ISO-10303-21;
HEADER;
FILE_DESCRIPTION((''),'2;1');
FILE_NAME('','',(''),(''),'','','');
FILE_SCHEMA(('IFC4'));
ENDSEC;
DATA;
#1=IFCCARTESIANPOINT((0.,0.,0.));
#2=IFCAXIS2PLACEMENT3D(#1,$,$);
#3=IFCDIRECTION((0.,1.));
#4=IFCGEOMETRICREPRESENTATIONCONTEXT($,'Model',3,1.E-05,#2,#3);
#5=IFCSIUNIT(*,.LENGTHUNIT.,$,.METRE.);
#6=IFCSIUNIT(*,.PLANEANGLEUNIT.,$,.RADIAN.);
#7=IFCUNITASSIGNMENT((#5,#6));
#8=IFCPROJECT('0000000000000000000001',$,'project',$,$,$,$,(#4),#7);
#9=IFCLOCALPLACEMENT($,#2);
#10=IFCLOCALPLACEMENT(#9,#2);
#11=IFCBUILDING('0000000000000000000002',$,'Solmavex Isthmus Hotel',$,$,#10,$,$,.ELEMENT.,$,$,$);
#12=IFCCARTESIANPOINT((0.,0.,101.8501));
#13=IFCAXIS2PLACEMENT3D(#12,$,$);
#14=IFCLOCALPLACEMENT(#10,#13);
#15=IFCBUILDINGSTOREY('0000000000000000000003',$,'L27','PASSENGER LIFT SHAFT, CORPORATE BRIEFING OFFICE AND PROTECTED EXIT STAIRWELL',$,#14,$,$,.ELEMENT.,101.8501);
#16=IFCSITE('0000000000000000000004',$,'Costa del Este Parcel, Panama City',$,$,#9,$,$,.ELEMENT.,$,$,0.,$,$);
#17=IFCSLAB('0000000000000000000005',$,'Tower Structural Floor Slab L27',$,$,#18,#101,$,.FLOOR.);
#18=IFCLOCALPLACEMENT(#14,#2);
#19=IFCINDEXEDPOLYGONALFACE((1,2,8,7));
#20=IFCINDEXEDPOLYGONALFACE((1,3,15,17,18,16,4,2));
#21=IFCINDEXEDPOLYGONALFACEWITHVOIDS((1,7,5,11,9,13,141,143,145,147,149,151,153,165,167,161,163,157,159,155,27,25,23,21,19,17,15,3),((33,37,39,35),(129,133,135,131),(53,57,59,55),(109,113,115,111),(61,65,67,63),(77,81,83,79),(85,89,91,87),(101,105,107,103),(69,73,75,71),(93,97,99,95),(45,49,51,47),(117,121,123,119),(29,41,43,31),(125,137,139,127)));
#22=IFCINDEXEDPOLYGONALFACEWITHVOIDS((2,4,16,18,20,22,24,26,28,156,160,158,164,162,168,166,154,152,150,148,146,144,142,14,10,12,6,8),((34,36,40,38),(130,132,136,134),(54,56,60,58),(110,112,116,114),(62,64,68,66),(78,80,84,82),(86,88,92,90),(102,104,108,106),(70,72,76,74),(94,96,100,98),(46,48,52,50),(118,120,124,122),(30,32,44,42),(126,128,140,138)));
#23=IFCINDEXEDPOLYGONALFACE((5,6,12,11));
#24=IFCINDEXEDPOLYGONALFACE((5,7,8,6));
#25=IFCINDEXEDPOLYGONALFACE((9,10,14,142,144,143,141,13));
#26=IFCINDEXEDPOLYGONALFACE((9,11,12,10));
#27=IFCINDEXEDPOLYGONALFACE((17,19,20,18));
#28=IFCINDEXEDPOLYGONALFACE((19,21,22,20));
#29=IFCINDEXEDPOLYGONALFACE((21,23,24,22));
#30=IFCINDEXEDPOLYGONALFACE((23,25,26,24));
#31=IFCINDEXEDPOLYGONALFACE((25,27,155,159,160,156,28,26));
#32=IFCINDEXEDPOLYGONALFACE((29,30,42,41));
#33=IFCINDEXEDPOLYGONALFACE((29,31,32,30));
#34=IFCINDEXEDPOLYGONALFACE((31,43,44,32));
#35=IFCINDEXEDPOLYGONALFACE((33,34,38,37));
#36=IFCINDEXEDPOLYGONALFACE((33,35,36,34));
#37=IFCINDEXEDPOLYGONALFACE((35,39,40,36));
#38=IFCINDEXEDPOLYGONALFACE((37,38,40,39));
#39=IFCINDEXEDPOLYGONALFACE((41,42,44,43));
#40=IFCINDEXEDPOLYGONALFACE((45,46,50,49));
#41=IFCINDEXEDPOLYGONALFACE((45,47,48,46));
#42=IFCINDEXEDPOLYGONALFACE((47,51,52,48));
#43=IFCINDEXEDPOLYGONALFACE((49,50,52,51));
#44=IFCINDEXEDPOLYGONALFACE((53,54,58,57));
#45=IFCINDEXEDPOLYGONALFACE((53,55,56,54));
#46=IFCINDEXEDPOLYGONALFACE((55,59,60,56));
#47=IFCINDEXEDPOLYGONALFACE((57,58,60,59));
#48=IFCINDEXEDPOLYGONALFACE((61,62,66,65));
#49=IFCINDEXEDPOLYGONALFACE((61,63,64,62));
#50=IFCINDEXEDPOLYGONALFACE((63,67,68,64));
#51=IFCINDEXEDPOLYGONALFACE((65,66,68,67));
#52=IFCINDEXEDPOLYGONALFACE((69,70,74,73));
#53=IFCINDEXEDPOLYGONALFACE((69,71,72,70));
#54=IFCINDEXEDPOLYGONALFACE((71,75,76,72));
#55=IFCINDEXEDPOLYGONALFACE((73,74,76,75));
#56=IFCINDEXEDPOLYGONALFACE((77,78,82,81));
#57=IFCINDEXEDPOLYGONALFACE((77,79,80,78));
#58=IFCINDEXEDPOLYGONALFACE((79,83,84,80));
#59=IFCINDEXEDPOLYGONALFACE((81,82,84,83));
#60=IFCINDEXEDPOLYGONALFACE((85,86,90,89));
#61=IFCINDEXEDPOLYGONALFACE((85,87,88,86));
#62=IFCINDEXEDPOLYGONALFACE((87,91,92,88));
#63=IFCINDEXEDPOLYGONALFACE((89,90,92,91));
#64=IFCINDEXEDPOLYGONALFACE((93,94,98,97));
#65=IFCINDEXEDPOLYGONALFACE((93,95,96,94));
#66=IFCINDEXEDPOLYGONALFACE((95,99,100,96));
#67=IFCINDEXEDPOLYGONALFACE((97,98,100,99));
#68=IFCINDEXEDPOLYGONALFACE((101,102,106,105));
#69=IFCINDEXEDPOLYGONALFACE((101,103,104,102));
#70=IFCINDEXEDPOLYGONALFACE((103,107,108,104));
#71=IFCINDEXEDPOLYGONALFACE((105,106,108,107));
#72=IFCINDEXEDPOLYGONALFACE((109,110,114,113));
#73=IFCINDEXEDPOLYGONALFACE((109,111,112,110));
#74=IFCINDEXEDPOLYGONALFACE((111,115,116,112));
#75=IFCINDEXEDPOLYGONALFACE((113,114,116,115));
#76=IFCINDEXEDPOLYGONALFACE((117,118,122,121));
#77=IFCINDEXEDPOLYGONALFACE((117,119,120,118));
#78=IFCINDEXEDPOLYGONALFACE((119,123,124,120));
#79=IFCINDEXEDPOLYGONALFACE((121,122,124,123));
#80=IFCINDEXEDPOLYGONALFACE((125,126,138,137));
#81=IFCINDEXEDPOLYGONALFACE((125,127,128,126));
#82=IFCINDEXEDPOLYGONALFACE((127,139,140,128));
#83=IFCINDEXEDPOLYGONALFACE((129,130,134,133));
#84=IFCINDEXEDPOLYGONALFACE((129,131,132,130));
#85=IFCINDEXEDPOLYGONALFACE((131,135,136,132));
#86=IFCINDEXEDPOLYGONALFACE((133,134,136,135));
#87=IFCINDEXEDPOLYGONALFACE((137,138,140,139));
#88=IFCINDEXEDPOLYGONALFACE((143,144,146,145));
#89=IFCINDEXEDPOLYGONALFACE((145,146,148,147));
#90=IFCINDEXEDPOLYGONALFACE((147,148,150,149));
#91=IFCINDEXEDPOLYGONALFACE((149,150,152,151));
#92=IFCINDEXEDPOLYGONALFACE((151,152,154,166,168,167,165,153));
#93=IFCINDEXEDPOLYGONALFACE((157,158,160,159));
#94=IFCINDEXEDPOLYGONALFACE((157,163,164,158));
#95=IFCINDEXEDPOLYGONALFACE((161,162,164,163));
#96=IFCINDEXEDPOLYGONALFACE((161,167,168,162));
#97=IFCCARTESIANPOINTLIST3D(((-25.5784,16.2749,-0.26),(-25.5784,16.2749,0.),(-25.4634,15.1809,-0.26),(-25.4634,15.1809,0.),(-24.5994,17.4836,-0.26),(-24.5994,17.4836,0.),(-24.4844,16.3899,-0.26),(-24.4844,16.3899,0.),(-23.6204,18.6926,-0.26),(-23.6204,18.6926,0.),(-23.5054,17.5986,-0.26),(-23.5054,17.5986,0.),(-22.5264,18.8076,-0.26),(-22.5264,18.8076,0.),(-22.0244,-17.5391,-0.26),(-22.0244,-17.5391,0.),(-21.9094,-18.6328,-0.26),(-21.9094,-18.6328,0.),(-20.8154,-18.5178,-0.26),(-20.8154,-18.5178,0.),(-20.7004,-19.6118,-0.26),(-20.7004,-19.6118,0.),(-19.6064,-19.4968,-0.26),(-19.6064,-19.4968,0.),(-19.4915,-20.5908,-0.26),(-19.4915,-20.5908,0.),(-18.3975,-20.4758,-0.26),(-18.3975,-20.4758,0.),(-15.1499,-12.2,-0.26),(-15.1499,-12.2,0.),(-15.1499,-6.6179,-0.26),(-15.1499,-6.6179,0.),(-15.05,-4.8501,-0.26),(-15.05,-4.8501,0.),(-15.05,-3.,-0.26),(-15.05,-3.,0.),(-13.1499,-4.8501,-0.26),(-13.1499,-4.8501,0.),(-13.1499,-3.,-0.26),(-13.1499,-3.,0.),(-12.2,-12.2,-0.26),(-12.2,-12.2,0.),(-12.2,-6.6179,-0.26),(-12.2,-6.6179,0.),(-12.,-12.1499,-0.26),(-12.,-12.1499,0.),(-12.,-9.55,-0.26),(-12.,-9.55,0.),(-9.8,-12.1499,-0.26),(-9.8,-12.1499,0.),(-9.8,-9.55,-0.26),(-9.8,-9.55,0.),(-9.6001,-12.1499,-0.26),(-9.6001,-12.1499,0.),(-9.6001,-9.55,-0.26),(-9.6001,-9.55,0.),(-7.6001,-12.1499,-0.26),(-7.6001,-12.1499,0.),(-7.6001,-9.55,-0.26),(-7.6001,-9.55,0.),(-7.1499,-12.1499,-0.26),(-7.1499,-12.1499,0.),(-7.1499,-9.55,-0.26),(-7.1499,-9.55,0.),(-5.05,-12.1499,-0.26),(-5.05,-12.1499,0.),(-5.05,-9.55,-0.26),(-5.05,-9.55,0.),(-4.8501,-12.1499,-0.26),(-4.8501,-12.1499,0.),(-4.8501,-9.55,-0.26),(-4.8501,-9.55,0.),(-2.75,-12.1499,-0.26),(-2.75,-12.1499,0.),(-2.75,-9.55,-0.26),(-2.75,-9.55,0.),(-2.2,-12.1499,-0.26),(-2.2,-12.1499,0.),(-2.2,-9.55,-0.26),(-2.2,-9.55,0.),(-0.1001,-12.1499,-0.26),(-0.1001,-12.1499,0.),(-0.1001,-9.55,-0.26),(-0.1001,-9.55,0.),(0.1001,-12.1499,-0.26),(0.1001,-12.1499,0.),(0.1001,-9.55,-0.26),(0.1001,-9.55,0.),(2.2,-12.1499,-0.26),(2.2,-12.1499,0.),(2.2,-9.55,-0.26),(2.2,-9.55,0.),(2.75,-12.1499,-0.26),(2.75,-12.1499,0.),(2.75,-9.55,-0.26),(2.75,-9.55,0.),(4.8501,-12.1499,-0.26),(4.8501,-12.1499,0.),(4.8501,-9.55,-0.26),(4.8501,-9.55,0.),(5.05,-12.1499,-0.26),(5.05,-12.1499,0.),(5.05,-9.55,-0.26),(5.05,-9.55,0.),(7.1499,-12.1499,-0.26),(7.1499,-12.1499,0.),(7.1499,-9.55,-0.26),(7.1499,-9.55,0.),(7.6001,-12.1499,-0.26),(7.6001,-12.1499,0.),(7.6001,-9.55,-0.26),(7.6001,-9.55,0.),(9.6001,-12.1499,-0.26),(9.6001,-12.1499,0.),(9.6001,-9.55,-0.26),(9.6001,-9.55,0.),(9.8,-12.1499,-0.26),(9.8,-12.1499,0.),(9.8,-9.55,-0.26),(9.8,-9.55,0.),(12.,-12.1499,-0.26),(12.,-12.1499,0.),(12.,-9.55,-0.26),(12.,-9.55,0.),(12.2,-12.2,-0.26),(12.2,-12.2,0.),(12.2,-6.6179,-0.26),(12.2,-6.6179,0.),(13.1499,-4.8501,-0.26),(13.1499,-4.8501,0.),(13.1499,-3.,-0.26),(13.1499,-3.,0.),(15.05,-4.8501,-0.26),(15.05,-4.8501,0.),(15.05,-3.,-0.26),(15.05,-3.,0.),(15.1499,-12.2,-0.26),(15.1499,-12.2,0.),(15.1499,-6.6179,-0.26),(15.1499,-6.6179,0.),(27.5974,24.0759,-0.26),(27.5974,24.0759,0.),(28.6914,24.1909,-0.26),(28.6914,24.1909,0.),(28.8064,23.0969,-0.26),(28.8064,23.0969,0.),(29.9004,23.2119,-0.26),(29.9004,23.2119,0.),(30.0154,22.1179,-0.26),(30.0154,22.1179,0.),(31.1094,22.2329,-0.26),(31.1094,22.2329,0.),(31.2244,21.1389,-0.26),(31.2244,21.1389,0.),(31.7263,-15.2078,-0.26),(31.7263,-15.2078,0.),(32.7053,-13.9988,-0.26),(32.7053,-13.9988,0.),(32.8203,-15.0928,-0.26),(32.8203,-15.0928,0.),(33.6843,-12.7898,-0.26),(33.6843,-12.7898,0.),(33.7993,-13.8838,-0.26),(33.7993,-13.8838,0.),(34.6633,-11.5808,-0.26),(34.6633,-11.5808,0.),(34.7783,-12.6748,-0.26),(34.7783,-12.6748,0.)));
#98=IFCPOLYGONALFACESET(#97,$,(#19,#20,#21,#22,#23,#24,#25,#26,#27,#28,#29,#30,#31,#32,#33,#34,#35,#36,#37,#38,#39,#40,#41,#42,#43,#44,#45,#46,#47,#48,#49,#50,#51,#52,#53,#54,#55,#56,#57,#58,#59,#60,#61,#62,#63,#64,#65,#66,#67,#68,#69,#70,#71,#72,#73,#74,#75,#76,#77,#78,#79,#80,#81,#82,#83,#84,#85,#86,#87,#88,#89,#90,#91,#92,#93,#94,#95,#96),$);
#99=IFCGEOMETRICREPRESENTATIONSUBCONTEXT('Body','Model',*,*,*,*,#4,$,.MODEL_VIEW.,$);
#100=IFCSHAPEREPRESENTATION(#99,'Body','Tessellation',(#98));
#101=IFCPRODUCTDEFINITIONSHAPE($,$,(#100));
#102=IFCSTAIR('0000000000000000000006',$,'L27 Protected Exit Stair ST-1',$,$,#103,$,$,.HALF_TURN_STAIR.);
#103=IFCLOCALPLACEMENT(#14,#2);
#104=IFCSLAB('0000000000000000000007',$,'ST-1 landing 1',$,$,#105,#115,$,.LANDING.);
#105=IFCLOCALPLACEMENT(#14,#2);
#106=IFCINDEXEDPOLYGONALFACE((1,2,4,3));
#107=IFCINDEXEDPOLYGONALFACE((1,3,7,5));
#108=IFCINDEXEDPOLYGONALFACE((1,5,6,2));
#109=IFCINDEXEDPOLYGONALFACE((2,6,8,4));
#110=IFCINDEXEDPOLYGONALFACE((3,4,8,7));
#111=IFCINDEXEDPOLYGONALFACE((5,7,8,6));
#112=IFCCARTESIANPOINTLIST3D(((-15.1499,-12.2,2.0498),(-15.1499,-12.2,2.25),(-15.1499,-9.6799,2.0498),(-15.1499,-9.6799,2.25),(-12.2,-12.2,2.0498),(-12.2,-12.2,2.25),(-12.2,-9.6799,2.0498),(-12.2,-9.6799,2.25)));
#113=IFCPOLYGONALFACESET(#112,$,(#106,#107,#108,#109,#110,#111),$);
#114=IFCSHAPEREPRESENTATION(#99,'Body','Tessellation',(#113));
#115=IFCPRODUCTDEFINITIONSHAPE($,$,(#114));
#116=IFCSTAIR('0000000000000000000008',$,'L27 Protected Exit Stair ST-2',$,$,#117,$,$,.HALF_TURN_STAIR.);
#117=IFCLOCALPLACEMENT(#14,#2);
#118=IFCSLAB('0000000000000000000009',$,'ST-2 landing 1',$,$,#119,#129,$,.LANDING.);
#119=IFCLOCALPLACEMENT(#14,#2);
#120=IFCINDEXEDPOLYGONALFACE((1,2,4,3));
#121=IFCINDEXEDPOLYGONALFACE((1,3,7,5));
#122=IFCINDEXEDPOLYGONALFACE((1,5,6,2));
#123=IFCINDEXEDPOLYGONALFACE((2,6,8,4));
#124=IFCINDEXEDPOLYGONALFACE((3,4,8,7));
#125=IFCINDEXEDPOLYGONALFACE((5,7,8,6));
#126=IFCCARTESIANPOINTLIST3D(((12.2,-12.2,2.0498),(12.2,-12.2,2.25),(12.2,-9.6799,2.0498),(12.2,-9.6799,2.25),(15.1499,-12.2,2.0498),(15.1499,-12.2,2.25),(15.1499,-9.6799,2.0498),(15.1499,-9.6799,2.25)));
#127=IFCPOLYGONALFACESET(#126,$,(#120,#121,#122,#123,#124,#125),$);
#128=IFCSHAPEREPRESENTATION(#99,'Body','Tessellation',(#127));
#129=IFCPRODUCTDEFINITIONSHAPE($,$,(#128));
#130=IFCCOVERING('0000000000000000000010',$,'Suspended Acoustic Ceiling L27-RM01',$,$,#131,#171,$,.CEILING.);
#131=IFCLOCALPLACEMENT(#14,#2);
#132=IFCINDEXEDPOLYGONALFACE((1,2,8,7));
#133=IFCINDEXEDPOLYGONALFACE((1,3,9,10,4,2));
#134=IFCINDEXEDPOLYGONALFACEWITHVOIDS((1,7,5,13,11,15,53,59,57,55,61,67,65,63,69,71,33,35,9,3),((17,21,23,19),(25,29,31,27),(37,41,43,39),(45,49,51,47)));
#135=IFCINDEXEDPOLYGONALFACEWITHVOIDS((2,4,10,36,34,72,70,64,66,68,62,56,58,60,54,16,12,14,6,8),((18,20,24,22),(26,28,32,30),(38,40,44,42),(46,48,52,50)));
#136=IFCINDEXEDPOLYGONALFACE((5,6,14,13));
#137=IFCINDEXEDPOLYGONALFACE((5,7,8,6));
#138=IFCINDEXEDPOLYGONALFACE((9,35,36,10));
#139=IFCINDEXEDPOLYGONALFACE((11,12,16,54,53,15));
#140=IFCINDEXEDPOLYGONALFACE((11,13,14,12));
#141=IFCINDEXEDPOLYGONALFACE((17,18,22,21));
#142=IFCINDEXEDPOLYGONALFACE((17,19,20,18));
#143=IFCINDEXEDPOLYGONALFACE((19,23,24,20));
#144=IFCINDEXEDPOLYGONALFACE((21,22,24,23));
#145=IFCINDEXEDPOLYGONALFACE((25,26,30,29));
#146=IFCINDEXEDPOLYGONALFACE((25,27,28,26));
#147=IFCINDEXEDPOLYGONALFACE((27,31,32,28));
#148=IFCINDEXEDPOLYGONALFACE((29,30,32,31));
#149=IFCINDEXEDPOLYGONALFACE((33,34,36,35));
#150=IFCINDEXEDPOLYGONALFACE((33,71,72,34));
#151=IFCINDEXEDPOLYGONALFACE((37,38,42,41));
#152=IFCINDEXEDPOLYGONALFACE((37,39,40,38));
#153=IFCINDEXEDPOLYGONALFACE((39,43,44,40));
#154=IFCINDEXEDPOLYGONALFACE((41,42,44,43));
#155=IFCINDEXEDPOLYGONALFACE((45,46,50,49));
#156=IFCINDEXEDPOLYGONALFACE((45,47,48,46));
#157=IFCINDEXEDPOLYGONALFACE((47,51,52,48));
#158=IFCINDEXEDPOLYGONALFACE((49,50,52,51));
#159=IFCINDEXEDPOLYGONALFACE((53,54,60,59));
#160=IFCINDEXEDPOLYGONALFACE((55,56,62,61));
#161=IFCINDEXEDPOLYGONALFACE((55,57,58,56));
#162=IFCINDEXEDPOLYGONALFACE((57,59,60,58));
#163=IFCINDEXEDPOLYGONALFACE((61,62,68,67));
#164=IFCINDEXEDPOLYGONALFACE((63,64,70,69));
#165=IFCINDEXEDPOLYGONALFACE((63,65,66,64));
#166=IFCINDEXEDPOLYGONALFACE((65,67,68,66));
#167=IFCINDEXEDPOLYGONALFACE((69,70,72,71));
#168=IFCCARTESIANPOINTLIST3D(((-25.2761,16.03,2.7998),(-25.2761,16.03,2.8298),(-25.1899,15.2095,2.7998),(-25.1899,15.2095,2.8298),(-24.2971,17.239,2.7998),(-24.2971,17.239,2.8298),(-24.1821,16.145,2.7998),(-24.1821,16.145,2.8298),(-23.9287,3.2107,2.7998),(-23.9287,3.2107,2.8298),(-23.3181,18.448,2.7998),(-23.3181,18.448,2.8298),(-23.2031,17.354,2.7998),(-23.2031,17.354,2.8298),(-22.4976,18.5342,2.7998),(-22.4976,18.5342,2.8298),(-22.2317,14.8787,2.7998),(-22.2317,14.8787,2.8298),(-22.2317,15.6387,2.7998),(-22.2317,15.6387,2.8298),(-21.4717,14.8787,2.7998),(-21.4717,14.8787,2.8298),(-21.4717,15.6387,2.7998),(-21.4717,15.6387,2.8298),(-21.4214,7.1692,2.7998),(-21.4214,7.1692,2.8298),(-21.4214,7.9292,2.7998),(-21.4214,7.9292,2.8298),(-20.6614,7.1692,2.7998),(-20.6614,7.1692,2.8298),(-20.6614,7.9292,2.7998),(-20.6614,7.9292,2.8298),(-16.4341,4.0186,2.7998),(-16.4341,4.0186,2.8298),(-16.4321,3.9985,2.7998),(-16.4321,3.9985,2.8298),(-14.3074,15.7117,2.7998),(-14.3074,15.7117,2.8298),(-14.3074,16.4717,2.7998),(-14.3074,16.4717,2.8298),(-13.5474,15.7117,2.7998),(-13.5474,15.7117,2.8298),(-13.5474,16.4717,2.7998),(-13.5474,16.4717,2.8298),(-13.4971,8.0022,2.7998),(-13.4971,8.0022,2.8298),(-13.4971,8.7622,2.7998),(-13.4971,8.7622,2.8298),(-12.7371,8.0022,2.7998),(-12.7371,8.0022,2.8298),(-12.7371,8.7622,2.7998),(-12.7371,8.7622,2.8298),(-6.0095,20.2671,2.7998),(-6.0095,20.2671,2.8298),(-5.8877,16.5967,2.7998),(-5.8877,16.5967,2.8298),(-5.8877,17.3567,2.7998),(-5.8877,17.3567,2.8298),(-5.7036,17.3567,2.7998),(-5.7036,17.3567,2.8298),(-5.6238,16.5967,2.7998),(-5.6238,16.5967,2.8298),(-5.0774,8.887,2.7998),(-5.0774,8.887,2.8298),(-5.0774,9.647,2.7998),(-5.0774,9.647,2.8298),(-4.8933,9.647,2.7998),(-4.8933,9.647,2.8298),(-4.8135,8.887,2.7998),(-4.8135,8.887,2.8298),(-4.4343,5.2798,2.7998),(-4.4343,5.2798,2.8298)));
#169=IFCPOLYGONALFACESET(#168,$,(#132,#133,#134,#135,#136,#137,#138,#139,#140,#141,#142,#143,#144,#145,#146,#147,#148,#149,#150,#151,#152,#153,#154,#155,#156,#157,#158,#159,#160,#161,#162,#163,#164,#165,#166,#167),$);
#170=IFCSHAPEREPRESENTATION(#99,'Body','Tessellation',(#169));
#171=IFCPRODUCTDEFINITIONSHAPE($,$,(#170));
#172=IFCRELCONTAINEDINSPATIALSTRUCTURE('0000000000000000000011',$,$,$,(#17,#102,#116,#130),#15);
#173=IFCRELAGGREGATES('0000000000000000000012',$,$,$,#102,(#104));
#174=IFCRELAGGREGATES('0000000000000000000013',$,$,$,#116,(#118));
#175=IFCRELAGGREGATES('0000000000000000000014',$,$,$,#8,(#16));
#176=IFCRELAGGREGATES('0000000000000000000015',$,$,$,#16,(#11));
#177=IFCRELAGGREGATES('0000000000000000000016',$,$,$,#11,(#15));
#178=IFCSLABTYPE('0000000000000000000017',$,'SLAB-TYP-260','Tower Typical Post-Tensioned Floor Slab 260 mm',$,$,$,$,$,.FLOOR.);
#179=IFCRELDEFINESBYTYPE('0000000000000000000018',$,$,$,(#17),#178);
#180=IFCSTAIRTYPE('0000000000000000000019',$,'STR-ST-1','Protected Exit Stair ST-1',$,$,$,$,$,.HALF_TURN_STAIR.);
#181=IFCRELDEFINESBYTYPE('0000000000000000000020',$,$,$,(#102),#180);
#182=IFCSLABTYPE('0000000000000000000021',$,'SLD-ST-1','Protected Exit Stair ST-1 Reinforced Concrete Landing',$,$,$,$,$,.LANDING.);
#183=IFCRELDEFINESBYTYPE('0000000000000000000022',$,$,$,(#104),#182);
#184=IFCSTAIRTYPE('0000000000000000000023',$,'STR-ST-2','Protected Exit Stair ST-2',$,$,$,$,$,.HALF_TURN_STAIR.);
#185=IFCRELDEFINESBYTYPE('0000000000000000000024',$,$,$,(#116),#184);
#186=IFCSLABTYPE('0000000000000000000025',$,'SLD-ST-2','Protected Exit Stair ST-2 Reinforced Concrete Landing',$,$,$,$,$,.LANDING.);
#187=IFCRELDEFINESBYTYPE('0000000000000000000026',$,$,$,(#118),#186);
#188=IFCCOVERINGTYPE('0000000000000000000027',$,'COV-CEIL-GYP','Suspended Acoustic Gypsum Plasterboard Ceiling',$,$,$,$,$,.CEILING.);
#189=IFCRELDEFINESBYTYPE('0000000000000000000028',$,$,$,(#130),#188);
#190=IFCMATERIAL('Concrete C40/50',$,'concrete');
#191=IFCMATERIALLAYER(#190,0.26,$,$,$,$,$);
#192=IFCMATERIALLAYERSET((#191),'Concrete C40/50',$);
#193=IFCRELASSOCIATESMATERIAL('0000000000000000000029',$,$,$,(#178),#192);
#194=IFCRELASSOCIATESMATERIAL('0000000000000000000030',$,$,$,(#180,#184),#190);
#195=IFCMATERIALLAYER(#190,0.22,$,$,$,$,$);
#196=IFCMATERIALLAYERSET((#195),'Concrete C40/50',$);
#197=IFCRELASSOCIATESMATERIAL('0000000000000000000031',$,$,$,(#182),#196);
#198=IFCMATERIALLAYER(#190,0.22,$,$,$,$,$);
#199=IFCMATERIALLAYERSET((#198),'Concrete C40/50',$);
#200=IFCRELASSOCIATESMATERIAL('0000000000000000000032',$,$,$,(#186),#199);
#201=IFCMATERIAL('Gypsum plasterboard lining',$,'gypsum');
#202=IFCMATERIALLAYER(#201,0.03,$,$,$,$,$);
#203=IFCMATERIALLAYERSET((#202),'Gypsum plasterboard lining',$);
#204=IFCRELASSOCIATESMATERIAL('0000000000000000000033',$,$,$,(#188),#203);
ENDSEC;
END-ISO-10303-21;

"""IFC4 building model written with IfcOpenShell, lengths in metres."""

from ifc_helpers import new_model, si_unit, direction, frame, origin, place, context, subcontext, project, spatial, polyline, outline, extrude, material, layer, layer_set, type_object, element, aggregate, save


model = new_model("IFC4")

# Units and contexts
model_context = context("Model", 3, precision=1e-05, world=origin(), true_north=direction((0.0, 1.0)))
body_context = subcontext(model_context, "Body", "Model", "MODEL_VIEW")
ifc_project = project(units=[si_unit("LENGTHUNIT", "METRE"), si_unit("PLANEANGLEUNIT", "RADIAN")], contexts=[model_context])

# Site, building, storey
site_placement = place(None, origin())
site = spatial("IfcSite", under=ifc_project, at=site_placement, Name="Costa del Este Parcel, Panama City", CompositionType="ELEMENT", RefElevation=0.0)
building_placement = place(site_placement, origin())
building = spatial("IfcBuilding", under=site, at=building_placement, Name="Solmavex Isthmus Hotel", CompositionType="ELEMENT")
storey_placement = place(building_placement, frame((0.0, 0.0, 101.8501)))
storey = spatial("IfcBuildingStorey", under=building, at=storey_placement, Name="L27", Description="PASSENGER LIFT SHAFT, CORPORATE BRIEFING OFFICE AND PROTECTED EXIT STAIRWELL", CompositionType="ELEMENT", Elevation=101.8501)

# Slab
ifc_material_1 = material(Name="Concrete C40/50", Category="concrete")
ifc_layer_1 = layer(ifc_material_1, 0.26)
ifc_layer_set_1 = layer_set([ifc_layer_1], Name="Concrete C40/50")
slab_type_1 = type_object("IfcSlabType", Name="SLAB-TYP-260", Description="Tower Typical Post-Tensioned Floor Slab 260 mm", PredefinedType="FLOOR", material=ifc_layer_set_1)
slab_1_placement = place(storey_placement, frame((0.0, 0.0, -0.26)))
element("IfcSlab", 1, at=slab_1_placement, inside=storey, type_object=slab_type_1, Name="Tower Structural Floor Slab L27", PredefinedType="FLOOR", context=body_context, shape_type="SweptSolid", body=[
    extrude(outline(polyline([(-18.3975, -20.4758), (31.7263, -15.2078), (32.8203, -15.0928), (32.7053, -13.9988), (33.7993, -13.8838), (33.6843, -12.7898), (34.7783, -12.6748), (34.6633, -11.5808), (31.2244, 21.1389), (31.1094, 22.2329), (30.0154, 22.1179), (29.9004, 23.2119), (28.8064, 23.0969), (28.6914, 24.1909), (27.5974, 24.0759), (-22.5264, 18.8076), (-23.6204, 18.6926), (-23.5054, 17.5986), (-24.5994, 17.4836), (-24.4844, 16.3899), (-25.5784, 16.2749), (-25.4634, 15.1809), (-22.0244, -17.5391), (-21.9094, -18.6328), (-20.8154, -18.5178), (-20.7004, -19.6118), (-19.6064, -19.4968), (-19.4915, -20.5908), (-18.3975, -20.4758)]), holes=[polyline([(-15.1499, -6.6179), (-15.1499, -12.2), (-12.2, -12.2), (-12.2, -6.6179), (-15.1499, -6.6179)]), polyline([(12.2, -6.6179), (12.2, -12.2), (15.1499, -12.2), (15.1499, -6.6179), (12.2, -6.6179)]), polyline([(-12.0, -12.1499), (-9.8, -12.1499), (-9.8, -9.55), (-12.0, -9.55), (-12.0, -12.1499)]), polyline([(9.8, -12.1499), (12.0, -12.1499), (12.0, -9.55), (9.8, -9.55), (9.8, -12.1499)]), polyline([(-9.6001, -12.1499), (-7.6001, -12.1499), (-7.6001, -9.55), (-9.6001, -9.55), (-9.6001, -12.1499)]), polyline([(7.6001, -12.1499), (9.6001, -12.1499), (9.6001, -9.55), (7.6001, -9.55), (7.6001, -12.1499)]), polyline([(-7.1499, -12.1499), (-5.05, -12.1499), (-5.05, -9.55), (-7.1499, -9.55), (-7.1499, -12.1499)]), polyline([(-4.8501, -12.1499), (-2.75, -12.1499), (-2.75, -9.55), (-4.8501, -9.55), (-4.8501, -12.1499)]), polyline([(-2.2, -12.1499), (-0.1001, -12.1499), (-0.1001, -9.55), (-2.2, -9.55), (-2.2, -12.1499)]), polyline([(0.1001, -12.1499), (2.2, -12.1499), (2.2, -9.55), (0.1001, -9.55), (0.1001, -12.1499)]), polyline([(2.75, -12.1499), (4.8501, -12.1499), (4.8501, -9.55), (2.75, -9.55), (2.75, -12.1499)]), polyline([(5.05, -12.1499), (7.1499, -12.1499), (7.1499, -9.55), (5.05, -9.55), (5.05, -12.1499)]), polyline([(-15.05, -4.8501), (-13.1499, -4.8501), (-13.1499, -3.0), (-15.05, -3.0), (-15.05, -4.8501)]), polyline([(13.1499, -4.8501), (15.05, -4.8501), (15.05, -3.0), (13.1499, -3.0), (13.1499, -4.8501)])]), origin(), (0.0, 0.0, 1.0), 0.26),
])

# Stairs, slabs
stair_type_1 = type_object("IfcStairType", Name="STR-ST-1", Description="Protected Exit Stair ST-1", PredefinedType="HALF_TURN_STAIR", material=ifc_material_1)
stair_1_placement = place(storey_placement, origin())
stair_1 = element("IfcStair", 2, at=stair_1_placement, inside=storey, type_object=stair_type_1, Name="L27 Protected Exit Stair ST-1", PredefinedType="HALF_TURN_STAIR")
ifc_layer_2 = layer(ifc_material_1, 0.22)
ifc_layer_set_2 = layer_set([ifc_layer_2], Name="Concrete C40/50")
slab_type_2 = type_object("IfcSlabType", Name="SLD-ST-1", Description="Protected Exit Stair ST-1 Reinforced Concrete Landing", PredefinedType="LANDING", material=ifc_layer_set_2)
slab_2_placement = place(storey_placement, frame((0.0, 0.0, 2.0498)))
slab_2 = element("IfcSlab", 3, at=slab_2_placement, type_object=slab_type_2, Name="ST-1 landing 1", PredefinedType="LANDING", context=body_context, shape_type="SweptSolid", body=[
    extrude(outline(polyline([(-15.1499, -9.6799), (-15.1499, -12.2), (-12.2, -12.2), (-12.2, -9.6799), (-15.1499, -9.6799)])), origin(), (0.0, 0.0, 1.0), 0.2002),
])
aggregate(stair_1, [slab_2])
stair_type_2 = type_object("IfcStairType", Name="STR-ST-2", Description="Protected Exit Stair ST-2", PredefinedType="HALF_TURN_STAIR", material=ifc_material_1)
stair_2_placement = place(storey_placement, origin())
stair_2 = element("IfcStair", 4, at=stair_2_placement, inside=storey, type_object=stair_type_2, Name="L27 Protected Exit Stair ST-2", PredefinedType="HALF_TURN_STAIR")
ifc_layer_3 = layer(ifc_material_1, 0.22)
ifc_layer_set_3 = layer_set([ifc_layer_3], Name="Concrete C40/50")
slab_type_3 = type_object("IfcSlabType", Name="SLD-ST-2", Description="Protected Exit Stair ST-2 Reinforced Concrete Landing", PredefinedType="LANDING", material=ifc_layer_set_3)
slab_3_placement = place(storey_placement, frame((0.0, 0.0, 2.0498)))
slab_3 = element("IfcSlab", 5, at=slab_3_placement, type_object=slab_type_3, Name="ST-2 landing 1", PredefinedType="LANDING", context=body_context, shape_type="SweptSolid", body=[
    extrude(outline(polyline([(12.2, -9.6799), (12.2, -12.2), (15.1499, -12.2), (15.1499, -9.6799), (12.2, -9.6799)])), origin(), (0.0, 0.0, 1.0), 0.2002),
])
aggregate(stair_2, [slab_3])

# Covering
ifc_material_2 = material(Name="Gypsum plasterboard lining", Category="gypsum")
ifc_layer_4 = layer(ifc_material_2, 0.03)
ifc_layer_set_4 = layer_set([ifc_layer_4], Name="Gypsum plasterboard lining")
covering_type_1 = type_object("IfcCoveringType", Name="COV-CEIL-GYP", Description="Suspended Acoustic Gypsum Plasterboard Ceiling", PredefinedType="CEILING", material=ifc_layer_set_4)
covering_1_placement = place(storey_placement, frame((0.0, 0.0, 2.7998)))
element("IfcCovering", 6, at=covering_1_placement, inside=storey, type_object=covering_type_1, Name="Suspended Acoustic Ceiling L27-RM01", PredefinedType="CEILING", context=body_context, shape_type="SweptSolid", body=[
    extrude(outline(polyline([(-16.4321, 3.9985), (-16.4341, 4.0186), (-4.4343, 5.2798), (-4.8135, 8.887), (-5.0774, 8.887), (-5.0774, 9.647), (-4.8933, 9.647), (-5.6238, 16.5967), (-5.8877, 16.5967), (-5.8877, 17.3567), (-5.7036, 17.3567), (-6.0095, 20.2671), (-22.4976, 18.5342), (-23.3181, 18.448), (-23.2031, 17.354), (-24.2971, 17.239), (-24.1821, 16.145), (-25.2761, 16.03), (-25.1899, 15.2095), (-23.9287, 3.2107), (-16.4321, 3.9985)]), holes=[polyline([(-13.4971, 8.0022), (-13.4971, 8.7622), (-12.7371, 8.7622), (-12.7371, 8.0022), (-13.4971, 8.0022)]), polyline([(-14.3074, 16.4717), (-13.5474, 16.4717), (-13.5474, 15.7117), (-14.3074, 15.7117), (-14.3074, 16.4717)]), polyline([(-21.4214, 7.1692), (-21.4214, 7.9292), (-20.6614, 7.9292), (-20.6614, 7.1692), (-21.4214, 7.1692)]), polyline([(-22.2317, 14.8787), (-22.2317, 15.6387), (-21.4717, 15.6387), (-21.4717, 14.8787), (-22.2317, 14.8787)])]), origin(), (0.0, 0.0, 1.0), 0.03),
])

save(model, "model.ifc")
